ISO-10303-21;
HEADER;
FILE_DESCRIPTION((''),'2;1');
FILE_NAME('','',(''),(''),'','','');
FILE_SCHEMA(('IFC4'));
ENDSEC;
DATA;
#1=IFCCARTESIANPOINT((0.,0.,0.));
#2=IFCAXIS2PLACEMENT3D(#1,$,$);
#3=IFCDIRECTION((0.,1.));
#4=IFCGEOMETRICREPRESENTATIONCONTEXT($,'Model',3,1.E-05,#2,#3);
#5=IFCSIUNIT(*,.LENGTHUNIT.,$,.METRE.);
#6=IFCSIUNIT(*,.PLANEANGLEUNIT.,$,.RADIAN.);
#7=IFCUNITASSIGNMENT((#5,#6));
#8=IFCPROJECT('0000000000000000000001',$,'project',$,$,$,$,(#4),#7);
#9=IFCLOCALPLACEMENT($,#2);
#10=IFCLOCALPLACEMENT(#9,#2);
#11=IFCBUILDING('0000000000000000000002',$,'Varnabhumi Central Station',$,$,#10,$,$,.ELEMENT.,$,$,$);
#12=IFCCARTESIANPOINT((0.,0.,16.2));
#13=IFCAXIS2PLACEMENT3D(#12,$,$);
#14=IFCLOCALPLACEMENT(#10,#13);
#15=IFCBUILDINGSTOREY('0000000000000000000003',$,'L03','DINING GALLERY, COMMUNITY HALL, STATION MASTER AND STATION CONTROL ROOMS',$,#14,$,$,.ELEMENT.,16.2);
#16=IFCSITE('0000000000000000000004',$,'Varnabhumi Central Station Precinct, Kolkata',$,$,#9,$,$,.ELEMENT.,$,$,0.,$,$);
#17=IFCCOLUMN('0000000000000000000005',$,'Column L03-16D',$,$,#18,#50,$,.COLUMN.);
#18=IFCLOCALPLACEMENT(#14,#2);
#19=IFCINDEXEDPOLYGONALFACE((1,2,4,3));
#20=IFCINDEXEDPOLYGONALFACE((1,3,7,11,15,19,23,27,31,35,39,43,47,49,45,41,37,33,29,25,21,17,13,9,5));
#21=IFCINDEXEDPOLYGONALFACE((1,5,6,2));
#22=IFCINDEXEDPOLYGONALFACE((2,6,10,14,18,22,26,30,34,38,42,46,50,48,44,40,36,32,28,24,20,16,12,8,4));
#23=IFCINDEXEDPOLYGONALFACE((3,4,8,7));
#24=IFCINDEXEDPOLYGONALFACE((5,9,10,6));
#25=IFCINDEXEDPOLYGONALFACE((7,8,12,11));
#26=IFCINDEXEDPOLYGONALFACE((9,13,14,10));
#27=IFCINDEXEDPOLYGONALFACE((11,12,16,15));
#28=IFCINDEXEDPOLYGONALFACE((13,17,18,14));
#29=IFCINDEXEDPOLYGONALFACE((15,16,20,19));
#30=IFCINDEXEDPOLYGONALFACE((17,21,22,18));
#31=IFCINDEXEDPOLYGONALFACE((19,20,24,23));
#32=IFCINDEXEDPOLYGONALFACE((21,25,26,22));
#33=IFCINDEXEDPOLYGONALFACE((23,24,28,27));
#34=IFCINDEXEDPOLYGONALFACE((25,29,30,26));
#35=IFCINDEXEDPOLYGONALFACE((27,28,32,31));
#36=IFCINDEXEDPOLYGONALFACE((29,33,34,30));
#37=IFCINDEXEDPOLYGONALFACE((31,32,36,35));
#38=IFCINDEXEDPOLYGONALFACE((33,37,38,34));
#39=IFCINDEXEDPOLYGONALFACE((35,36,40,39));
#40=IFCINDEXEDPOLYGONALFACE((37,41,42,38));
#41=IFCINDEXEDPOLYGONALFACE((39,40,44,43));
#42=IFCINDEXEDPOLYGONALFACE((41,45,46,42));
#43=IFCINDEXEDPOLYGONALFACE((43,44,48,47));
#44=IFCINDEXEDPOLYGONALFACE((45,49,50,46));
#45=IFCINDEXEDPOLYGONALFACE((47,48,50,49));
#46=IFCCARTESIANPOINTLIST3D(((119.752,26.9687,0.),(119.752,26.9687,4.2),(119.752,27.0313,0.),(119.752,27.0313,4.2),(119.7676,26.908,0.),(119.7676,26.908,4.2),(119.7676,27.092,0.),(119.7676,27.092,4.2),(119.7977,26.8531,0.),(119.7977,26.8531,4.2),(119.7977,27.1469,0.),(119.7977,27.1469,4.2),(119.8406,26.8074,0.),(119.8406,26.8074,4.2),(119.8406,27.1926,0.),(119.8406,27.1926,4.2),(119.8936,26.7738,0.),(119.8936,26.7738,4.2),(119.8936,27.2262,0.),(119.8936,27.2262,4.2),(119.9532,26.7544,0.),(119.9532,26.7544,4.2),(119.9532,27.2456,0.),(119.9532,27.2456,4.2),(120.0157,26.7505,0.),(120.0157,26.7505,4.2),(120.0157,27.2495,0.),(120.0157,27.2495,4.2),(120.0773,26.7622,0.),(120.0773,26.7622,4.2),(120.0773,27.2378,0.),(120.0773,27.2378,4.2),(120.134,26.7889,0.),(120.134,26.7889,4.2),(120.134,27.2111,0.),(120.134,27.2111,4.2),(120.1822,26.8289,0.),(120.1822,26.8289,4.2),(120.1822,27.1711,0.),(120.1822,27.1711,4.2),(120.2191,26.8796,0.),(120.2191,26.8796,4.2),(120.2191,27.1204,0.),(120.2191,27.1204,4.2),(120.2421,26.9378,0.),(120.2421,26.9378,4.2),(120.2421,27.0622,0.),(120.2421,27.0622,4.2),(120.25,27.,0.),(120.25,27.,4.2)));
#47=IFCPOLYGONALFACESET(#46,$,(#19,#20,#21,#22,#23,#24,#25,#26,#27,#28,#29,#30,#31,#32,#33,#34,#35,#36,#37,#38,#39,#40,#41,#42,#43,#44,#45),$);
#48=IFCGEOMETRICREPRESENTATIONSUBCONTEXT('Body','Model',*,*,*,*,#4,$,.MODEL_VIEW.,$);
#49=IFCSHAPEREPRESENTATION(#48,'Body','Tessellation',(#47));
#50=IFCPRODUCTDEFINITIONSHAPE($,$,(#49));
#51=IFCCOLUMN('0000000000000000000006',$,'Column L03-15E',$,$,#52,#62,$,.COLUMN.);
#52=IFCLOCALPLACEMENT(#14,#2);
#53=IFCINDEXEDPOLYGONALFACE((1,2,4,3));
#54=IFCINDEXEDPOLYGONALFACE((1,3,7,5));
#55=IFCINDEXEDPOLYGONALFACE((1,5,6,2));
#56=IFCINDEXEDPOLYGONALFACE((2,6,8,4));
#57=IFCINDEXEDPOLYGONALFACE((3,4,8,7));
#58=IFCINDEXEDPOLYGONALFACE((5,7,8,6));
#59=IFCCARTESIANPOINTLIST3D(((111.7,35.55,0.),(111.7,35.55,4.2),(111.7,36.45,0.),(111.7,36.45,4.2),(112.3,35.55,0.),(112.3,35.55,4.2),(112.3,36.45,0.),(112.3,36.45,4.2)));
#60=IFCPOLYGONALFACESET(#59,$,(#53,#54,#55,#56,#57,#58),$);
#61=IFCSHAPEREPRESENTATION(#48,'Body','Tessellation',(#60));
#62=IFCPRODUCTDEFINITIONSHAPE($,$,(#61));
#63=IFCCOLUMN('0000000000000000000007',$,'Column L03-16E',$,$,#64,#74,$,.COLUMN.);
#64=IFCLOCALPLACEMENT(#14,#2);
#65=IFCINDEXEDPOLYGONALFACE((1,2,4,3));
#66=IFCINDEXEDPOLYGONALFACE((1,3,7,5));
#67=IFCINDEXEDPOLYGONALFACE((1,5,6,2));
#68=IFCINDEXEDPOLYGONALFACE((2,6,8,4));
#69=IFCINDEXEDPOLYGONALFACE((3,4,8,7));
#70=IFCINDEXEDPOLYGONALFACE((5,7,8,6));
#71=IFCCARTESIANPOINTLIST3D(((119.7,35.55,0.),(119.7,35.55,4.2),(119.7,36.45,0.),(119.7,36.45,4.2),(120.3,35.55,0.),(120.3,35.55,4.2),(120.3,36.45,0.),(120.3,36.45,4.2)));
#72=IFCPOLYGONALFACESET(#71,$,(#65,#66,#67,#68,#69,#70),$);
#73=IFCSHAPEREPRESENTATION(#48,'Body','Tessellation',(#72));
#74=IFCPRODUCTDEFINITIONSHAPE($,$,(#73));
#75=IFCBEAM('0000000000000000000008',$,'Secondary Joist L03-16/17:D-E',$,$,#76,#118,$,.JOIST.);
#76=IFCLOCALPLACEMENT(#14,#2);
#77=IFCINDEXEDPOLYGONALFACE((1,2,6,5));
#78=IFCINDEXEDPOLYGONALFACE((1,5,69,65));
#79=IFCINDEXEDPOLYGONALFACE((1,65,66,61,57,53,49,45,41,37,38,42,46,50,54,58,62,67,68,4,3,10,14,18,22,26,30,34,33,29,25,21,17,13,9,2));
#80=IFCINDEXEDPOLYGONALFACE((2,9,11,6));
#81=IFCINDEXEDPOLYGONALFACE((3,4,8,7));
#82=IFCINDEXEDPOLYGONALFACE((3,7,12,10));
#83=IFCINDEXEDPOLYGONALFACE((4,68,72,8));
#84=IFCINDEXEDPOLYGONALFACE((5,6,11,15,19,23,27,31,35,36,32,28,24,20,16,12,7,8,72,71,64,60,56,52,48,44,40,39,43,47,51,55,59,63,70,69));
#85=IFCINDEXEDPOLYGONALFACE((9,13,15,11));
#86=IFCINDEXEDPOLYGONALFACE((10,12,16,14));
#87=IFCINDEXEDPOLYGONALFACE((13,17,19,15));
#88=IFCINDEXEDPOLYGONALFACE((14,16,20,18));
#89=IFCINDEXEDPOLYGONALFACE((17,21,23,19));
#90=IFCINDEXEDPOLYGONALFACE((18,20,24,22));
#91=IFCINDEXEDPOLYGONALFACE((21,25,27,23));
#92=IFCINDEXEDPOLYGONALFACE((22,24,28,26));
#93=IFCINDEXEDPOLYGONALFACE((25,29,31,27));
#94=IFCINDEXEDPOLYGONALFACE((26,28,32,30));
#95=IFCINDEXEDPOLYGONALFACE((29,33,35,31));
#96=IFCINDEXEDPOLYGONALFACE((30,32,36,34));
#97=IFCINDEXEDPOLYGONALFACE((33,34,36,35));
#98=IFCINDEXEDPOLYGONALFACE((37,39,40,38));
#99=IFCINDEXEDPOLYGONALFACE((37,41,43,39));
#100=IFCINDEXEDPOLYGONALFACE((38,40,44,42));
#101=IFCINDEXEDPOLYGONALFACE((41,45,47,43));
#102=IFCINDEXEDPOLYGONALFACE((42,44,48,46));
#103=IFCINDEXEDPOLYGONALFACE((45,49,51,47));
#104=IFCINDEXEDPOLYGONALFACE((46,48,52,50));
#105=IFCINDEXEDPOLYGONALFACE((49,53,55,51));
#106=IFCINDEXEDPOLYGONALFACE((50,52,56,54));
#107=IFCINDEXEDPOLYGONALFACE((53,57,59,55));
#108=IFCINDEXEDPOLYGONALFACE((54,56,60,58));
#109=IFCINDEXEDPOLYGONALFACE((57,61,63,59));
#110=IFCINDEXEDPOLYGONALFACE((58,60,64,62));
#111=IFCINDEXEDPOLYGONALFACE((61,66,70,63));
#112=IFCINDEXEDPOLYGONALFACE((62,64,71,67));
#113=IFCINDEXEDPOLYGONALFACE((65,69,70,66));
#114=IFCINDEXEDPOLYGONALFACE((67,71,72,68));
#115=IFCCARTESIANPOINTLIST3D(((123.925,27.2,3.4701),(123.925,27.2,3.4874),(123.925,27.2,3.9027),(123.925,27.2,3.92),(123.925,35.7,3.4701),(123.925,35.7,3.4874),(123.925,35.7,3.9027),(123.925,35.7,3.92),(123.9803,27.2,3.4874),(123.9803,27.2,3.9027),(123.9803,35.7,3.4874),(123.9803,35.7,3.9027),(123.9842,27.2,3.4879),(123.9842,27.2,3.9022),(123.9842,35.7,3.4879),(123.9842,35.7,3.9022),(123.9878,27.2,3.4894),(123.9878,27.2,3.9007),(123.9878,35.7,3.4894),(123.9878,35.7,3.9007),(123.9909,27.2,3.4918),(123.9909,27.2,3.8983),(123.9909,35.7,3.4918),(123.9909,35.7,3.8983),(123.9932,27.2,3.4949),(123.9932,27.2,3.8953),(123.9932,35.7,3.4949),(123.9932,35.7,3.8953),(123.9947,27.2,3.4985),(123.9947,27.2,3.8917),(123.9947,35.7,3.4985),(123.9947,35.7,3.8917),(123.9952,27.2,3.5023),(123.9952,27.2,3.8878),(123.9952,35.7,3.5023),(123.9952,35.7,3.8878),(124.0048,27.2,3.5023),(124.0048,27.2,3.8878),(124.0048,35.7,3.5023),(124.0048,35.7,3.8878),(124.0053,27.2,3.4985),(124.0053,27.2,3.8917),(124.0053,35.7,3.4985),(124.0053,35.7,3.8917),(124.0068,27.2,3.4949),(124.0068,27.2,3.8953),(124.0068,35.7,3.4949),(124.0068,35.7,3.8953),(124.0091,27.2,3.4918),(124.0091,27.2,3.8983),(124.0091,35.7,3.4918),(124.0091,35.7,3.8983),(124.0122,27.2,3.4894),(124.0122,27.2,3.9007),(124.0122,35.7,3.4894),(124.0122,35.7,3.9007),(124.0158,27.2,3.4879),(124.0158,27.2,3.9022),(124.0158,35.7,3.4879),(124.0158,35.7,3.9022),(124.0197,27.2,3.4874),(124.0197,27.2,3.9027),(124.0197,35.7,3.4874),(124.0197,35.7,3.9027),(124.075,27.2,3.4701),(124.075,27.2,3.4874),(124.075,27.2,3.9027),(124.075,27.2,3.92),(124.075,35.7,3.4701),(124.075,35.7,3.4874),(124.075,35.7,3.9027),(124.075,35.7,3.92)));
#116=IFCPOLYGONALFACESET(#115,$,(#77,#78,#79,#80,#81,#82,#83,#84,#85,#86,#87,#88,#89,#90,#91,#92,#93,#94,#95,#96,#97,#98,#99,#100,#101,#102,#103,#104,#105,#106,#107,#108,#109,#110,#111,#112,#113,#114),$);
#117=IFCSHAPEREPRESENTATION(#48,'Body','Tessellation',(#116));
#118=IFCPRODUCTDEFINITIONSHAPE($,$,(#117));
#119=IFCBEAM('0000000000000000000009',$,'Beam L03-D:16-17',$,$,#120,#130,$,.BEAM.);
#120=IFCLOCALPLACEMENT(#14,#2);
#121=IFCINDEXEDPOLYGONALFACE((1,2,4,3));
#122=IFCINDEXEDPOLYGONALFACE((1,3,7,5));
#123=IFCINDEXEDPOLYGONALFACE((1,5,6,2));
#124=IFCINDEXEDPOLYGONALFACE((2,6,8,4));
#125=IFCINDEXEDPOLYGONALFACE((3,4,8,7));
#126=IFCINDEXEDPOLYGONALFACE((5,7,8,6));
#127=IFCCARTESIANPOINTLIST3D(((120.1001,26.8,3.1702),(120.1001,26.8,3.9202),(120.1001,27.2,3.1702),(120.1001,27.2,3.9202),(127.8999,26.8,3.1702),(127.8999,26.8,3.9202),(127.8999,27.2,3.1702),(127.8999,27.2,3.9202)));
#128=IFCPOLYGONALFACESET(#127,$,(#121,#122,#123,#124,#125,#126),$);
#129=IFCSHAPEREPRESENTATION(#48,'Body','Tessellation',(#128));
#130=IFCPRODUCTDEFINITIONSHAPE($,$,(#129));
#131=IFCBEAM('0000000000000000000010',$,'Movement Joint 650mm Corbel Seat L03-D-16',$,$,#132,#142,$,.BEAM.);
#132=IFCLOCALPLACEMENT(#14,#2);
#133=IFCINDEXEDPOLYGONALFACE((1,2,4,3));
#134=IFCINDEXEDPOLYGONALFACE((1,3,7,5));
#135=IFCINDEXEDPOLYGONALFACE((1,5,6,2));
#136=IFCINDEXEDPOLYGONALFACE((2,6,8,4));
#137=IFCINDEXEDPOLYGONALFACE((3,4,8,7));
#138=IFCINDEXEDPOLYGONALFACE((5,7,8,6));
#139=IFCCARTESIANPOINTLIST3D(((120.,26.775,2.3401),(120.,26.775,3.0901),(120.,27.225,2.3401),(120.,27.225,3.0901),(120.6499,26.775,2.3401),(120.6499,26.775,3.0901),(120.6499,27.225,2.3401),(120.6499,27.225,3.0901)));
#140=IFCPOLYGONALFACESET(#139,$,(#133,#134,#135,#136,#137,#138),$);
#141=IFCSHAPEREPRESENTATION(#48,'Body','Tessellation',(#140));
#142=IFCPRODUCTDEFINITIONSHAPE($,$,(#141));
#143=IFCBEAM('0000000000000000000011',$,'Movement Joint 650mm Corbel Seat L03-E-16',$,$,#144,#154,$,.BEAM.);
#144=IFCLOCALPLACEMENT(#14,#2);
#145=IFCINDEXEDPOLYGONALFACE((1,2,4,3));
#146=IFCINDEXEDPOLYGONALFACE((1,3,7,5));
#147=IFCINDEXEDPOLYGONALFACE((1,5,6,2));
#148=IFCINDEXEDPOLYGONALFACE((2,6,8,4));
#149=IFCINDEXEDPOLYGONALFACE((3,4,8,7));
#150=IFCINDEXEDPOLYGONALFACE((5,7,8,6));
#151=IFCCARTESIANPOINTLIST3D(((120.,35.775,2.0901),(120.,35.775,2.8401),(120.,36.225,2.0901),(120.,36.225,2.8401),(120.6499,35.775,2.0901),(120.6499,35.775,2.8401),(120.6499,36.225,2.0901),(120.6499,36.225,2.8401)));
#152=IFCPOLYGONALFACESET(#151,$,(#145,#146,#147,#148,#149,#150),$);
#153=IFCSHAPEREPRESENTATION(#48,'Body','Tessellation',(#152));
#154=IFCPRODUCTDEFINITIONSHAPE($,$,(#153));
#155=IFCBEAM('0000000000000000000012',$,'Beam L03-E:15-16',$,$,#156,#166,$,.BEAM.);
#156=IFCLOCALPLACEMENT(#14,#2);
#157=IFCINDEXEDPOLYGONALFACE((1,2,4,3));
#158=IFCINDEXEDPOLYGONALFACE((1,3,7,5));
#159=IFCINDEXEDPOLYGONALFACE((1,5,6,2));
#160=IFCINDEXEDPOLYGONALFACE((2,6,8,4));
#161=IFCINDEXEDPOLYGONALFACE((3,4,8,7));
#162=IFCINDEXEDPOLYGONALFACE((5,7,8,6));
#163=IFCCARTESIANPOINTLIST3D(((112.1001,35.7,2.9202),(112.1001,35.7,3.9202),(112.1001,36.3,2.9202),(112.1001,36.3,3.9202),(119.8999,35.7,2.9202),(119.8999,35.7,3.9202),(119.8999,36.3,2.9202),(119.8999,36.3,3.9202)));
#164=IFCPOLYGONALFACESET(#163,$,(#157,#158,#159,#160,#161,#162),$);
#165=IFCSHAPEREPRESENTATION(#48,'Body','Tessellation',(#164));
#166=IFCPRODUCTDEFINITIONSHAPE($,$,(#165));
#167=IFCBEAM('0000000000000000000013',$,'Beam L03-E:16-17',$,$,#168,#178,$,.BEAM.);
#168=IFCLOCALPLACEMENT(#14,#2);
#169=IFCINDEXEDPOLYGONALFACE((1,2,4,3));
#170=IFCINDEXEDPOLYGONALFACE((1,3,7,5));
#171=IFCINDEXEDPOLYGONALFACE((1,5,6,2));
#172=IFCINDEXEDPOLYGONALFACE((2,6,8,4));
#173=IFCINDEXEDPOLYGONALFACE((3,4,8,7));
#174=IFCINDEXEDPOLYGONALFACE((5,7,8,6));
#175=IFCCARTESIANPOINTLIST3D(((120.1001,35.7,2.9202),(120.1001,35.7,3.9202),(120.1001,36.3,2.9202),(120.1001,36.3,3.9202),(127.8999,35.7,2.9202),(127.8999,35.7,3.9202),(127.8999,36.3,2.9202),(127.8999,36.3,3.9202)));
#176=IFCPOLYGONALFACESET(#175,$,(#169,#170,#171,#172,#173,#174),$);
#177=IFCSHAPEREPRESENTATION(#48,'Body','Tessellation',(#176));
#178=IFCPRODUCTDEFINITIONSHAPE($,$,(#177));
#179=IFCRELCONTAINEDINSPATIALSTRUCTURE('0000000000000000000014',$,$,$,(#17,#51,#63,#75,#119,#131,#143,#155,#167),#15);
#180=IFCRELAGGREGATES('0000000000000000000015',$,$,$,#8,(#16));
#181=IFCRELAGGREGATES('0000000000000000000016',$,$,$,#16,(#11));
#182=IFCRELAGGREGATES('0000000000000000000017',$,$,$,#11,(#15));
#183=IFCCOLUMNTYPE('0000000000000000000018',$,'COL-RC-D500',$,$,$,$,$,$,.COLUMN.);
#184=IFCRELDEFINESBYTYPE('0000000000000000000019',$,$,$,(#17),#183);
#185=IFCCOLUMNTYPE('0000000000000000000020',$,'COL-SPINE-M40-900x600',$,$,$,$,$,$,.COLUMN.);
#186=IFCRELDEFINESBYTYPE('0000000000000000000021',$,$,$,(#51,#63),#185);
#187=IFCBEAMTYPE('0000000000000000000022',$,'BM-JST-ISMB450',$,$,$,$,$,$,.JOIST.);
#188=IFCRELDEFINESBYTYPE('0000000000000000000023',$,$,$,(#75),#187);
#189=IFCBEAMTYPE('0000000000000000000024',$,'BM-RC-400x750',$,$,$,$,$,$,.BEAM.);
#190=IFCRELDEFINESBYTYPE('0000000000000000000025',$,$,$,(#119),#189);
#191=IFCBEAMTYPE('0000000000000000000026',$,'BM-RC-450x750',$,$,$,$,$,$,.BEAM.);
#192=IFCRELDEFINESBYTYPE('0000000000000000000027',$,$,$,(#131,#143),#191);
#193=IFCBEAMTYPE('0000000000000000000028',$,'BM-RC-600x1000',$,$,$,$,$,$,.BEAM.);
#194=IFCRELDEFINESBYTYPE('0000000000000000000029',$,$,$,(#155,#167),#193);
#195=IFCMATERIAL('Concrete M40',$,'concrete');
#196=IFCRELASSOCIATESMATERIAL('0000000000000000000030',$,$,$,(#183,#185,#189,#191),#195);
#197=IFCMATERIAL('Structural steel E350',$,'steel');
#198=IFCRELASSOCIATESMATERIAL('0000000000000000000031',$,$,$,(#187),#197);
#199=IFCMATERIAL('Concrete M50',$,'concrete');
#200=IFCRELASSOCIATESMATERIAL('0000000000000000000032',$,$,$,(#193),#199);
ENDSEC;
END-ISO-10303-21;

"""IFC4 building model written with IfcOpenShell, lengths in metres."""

from ifc_helpers import new_model, si_unit, direction, frame, origin, origin_2d, place, context, subcontext, project, spatial, rectangle, circle, i_section, extrude, material, material_profile, profile_set, type_object, element, save


model = new_model("IFC4")

# Units and contexts
model_context = context("Model", 3, precision=1e-05, world=origin(), true_north=direction((0.0, 1.0)))
body_context = subcontext(model_context, "Body", "Model", "MODEL_VIEW")
ifc_project = project(units=[si_unit("LENGTHUNIT", "METRE"), si_unit("PLANEANGLEUNIT", "RADIAN")], contexts=[model_context])

# Site, building, storey
site_placement = place(None, origin())
site = spatial("IfcSite", under=ifc_project, at=site_placement, Name="Varnabhumi Central Station Precinct, Kolkata", CompositionType="ELEMENT", RefElevation=0.0)
building_placement = place(site_placement, origin())
building = spatial("IfcBuilding", under=site, at=building_placement, Name="Varnabhumi Central Station", CompositionType="ELEMENT")
storey_placement = place(building_placement, frame((0.0, 0.0, 16.2)))
storey = spatial("IfcBuildingStorey", under=building, at=storey_placement, Name="L03", Description="DINING GALLERY, COMMUNITY HALL, STATION MASTER AND STATION CONTROL ROOMS", CompositionType="ELEMENT", Elevation=16.2)

# Columns
ifc_material_1 = material(Name="Concrete M40", Category="concrete")
ifc_material_profile_1 = material_profile(ifc_material_1, circle(Radius=0.25, at=origin_2d()), Name="Concrete M40", Category="concrete")
ifc_profile_set_1 = profile_set([ifc_material_profile_1], Name="Concrete M40")
column_type_1 = type_object("IfcColumnType", Name="COL-RC-D500", PredefinedType="COLUMN", material=ifc_profile_set_1)
column_placement = place(storey_placement, frame((120.0, 27.0, 0.0), z_axis=(0.0, 0.0, 1.0), x_axis=(1.0, 0.0, 0.0)))
element("IfcColumn", 1, at=column_placement, inside=storey, type_object=column_type_1, Name="Column L03-16D", PredefinedType="COLUMN", context=body_context, shape_type="SweptSolid", body=[
    extrude(circle(Radius=0.25, at=origin_2d()), origin(), (0.0, 0.0, 1.0), 4.2),
])
ifc_material_profile_2 = material_profile(ifc_material_1, rectangle(XDim=0.6001, YDim=0.8999, at=origin_2d()), Name="Concrete M40", Category="concrete")
ifc_profile_set_2 = profile_set([ifc_material_profile_2], Name="Concrete M40")
column_type_2 = type_object("IfcColumnType", Name="COL-SPINE-M40-900x600", PredefinedType="COLUMN", material=ifc_profile_set_2)
for number, where, z_axis, x_axis, name in (
    (2, (112.0, 36.0, 0.0), (0.0, 0.0, 1.0), (1.0, 0.0, 0.0), "Column L03-15E"),
    (3, (120.0, 36.0, 0.0), (0.0, 0.0, 1.0), (1.0, 0.0, 0.0), "Column L03-16E"),
):
    element("IfcColumn", number, at=place(storey_placement, frame(where, z_axis=z_axis, x_axis=x_axis)), inside=storey, type_object=column_type_2, Name=name, PredefinedType="COLUMN", context=body_context, shape_type="SweptSolid", body=[
        extrude(rectangle(XDim=0.6001, YDim=0.8999, at=origin_2d()), origin(), (0.0, 0.0, 1.0), 4.2),
    ])

# Beams
ifc_material_2 = material(Name="Structural steel E350", Category="steel")
ifc_material_profile_3 = material_profile(ifc_material_2, i_section(OverallWidth=0.1499, OverallDepth=0.45, WebThickness=0.0095, FlangeThickness=0.0173, FilletRadius=0.0149, at=origin_2d()), Name="Structural steel E350", Category="steel")
ifc_profile_set_3 = profile_set([ifc_material_profile_3], Name="Structural steel E350")
beam_type_1 = type_object("IfcBeamType", Name="BM-JST-ISMB450", PredefinedType="JOIST", material=ifc_profile_set_3)
beam_1_placement = place(storey_placement, frame((124.0, 27.2, 3.6951), z_axis=(0.0, 1.0, 0.0), x_axis=(-1.0, 0.0, 0.0)))
element("IfcBeam", 4, at=beam_1_placement, inside=storey, type_object=beam_type_1, Name="Secondary Joist L03-16/17:D-E", PredefinedType="JOIST", context=body_context, shape_type="SweptSolid", body=[
    extrude(i_section(OverallWidth=0.1499, OverallDepth=0.45, WebThickness=0.0095, FlangeThickness=0.0173, FilletRadius=0.0149, at=origin_2d()), origin(), (0.0, 0.0, 1.0), 8.5),
])
ifc_material_profile_4 = material_profile(ifc_material_1, rectangle(XDim=0.3999, YDim=0.75, at=origin_2d()), Name="Concrete M40", Category="concrete")
ifc_profile_set_4 = profile_set([ifc_material_profile_4], Name="Concrete M40")
beam_type_2 = type_object("IfcBeamType", Name="BM-RC-400x750", PredefinedType="BEAM", material=ifc_profile_set_4)
beam_2_placement = place(storey_placement, frame((120.1001, 27.0, 3.5452), z_axis=(1.0, 0.0, 0.0), x_axis=(0.0, 1.0, 0.0)))
element("IfcBeam", 5, at=beam_2_placement, inside=storey, type_object=beam_type_2, Name="Beam L03-D:16-17", PredefinedType="BEAM", context=body_context, shape_type="SweptSolid", body=[
    extrude(rectangle(XDim=0.3999, YDim=0.75, at=origin_2d()), origin(), (0.0, 0.0, 1.0), 7.7998),
])
ifc_material_profile_5 = material_profile(ifc_material_1, rectangle(XDim=0.45, YDim=0.75, at=origin_2d()), Name="Concrete M40", Category="concrete")
ifc_profile_set_5 = profile_set([ifc_material_profile_5], Name="Concrete M40")
beam_type_3 = type_object("IfcBeamType", Name="BM-RC-450x750", PredefinedType="BEAM", material=ifc_profile_set_5)
for number, where, z_axis, x_axis, name in (
    (6, (120.0, 27.0, 2.7151), (1.0, 0.0, 0.0), (0.0, 1.0, 0.0), "Movement Joint 650mm Corbel Seat L03-D-16"),
    (7, (120.0, 36.0, 2.4651), (1.0, 0.0, 0.0), (0.0, 1.0, 0.0), "Movement Joint 650mm Corbel Seat L03-E-16"),
):
    element("IfcBeam", number, at=place(storey_placement, frame(where, z_axis=z_axis, x_axis=x_axis)), inside=storey, type_object=beam_type_3, Name=name, PredefinedType="BEAM", context=body_context, shape_type="SweptSolid", body=[
        extrude(rectangle(XDim=0.45, YDim=0.75, at=origin_2d()), origin(), (0.0, 0.0, 1.0), 0.6499),
    ])
ifc_material_3 = material(Name="Concrete M50", Category="concrete")
ifc_material_profile_6 = material_profile(ifc_material_3, rectangle(XDim=0.6001, YDim=1.0, at=origin_2d()), Name="Concrete M50", Category="concrete")
ifc_profile_set_6 = profile_set([ifc_material_profile_6], Name="Concrete M50")
beam_type_4 = type_object("IfcBeamType", Name="BM-RC-600x1000", PredefinedType="BEAM", material=ifc_profile_set_6)
for number, where, z_axis, x_axis, name in (
    (8, (112.1001, 36.0, 3.4202), (1.0, 0.0, 0.0), (0.0, 1.0, 0.0), "Beam L03-E:15-16"),
    (9, (120.1001, 36.0, 3.4202), (1.0, 0.0, 0.0), (0.0, 1.0, 0.0), "Beam L03-E:16-17"),
):
    element("IfcBeam", number, at=place(storey_placement, frame(where, z_axis=z_axis, x_axis=x_axis)), inside=storey, type_object=beam_type_4, Name=name, PredefinedType="BEAM", context=body_context, shape_type="SweptSolid", body=[
        extrude(rectangle(XDim=0.6001, YDim=1.0, at=origin_2d()), origin(), (0.0, 0.0, 1.0), 7.7998),
    ])

save(model, "model.ifc")
